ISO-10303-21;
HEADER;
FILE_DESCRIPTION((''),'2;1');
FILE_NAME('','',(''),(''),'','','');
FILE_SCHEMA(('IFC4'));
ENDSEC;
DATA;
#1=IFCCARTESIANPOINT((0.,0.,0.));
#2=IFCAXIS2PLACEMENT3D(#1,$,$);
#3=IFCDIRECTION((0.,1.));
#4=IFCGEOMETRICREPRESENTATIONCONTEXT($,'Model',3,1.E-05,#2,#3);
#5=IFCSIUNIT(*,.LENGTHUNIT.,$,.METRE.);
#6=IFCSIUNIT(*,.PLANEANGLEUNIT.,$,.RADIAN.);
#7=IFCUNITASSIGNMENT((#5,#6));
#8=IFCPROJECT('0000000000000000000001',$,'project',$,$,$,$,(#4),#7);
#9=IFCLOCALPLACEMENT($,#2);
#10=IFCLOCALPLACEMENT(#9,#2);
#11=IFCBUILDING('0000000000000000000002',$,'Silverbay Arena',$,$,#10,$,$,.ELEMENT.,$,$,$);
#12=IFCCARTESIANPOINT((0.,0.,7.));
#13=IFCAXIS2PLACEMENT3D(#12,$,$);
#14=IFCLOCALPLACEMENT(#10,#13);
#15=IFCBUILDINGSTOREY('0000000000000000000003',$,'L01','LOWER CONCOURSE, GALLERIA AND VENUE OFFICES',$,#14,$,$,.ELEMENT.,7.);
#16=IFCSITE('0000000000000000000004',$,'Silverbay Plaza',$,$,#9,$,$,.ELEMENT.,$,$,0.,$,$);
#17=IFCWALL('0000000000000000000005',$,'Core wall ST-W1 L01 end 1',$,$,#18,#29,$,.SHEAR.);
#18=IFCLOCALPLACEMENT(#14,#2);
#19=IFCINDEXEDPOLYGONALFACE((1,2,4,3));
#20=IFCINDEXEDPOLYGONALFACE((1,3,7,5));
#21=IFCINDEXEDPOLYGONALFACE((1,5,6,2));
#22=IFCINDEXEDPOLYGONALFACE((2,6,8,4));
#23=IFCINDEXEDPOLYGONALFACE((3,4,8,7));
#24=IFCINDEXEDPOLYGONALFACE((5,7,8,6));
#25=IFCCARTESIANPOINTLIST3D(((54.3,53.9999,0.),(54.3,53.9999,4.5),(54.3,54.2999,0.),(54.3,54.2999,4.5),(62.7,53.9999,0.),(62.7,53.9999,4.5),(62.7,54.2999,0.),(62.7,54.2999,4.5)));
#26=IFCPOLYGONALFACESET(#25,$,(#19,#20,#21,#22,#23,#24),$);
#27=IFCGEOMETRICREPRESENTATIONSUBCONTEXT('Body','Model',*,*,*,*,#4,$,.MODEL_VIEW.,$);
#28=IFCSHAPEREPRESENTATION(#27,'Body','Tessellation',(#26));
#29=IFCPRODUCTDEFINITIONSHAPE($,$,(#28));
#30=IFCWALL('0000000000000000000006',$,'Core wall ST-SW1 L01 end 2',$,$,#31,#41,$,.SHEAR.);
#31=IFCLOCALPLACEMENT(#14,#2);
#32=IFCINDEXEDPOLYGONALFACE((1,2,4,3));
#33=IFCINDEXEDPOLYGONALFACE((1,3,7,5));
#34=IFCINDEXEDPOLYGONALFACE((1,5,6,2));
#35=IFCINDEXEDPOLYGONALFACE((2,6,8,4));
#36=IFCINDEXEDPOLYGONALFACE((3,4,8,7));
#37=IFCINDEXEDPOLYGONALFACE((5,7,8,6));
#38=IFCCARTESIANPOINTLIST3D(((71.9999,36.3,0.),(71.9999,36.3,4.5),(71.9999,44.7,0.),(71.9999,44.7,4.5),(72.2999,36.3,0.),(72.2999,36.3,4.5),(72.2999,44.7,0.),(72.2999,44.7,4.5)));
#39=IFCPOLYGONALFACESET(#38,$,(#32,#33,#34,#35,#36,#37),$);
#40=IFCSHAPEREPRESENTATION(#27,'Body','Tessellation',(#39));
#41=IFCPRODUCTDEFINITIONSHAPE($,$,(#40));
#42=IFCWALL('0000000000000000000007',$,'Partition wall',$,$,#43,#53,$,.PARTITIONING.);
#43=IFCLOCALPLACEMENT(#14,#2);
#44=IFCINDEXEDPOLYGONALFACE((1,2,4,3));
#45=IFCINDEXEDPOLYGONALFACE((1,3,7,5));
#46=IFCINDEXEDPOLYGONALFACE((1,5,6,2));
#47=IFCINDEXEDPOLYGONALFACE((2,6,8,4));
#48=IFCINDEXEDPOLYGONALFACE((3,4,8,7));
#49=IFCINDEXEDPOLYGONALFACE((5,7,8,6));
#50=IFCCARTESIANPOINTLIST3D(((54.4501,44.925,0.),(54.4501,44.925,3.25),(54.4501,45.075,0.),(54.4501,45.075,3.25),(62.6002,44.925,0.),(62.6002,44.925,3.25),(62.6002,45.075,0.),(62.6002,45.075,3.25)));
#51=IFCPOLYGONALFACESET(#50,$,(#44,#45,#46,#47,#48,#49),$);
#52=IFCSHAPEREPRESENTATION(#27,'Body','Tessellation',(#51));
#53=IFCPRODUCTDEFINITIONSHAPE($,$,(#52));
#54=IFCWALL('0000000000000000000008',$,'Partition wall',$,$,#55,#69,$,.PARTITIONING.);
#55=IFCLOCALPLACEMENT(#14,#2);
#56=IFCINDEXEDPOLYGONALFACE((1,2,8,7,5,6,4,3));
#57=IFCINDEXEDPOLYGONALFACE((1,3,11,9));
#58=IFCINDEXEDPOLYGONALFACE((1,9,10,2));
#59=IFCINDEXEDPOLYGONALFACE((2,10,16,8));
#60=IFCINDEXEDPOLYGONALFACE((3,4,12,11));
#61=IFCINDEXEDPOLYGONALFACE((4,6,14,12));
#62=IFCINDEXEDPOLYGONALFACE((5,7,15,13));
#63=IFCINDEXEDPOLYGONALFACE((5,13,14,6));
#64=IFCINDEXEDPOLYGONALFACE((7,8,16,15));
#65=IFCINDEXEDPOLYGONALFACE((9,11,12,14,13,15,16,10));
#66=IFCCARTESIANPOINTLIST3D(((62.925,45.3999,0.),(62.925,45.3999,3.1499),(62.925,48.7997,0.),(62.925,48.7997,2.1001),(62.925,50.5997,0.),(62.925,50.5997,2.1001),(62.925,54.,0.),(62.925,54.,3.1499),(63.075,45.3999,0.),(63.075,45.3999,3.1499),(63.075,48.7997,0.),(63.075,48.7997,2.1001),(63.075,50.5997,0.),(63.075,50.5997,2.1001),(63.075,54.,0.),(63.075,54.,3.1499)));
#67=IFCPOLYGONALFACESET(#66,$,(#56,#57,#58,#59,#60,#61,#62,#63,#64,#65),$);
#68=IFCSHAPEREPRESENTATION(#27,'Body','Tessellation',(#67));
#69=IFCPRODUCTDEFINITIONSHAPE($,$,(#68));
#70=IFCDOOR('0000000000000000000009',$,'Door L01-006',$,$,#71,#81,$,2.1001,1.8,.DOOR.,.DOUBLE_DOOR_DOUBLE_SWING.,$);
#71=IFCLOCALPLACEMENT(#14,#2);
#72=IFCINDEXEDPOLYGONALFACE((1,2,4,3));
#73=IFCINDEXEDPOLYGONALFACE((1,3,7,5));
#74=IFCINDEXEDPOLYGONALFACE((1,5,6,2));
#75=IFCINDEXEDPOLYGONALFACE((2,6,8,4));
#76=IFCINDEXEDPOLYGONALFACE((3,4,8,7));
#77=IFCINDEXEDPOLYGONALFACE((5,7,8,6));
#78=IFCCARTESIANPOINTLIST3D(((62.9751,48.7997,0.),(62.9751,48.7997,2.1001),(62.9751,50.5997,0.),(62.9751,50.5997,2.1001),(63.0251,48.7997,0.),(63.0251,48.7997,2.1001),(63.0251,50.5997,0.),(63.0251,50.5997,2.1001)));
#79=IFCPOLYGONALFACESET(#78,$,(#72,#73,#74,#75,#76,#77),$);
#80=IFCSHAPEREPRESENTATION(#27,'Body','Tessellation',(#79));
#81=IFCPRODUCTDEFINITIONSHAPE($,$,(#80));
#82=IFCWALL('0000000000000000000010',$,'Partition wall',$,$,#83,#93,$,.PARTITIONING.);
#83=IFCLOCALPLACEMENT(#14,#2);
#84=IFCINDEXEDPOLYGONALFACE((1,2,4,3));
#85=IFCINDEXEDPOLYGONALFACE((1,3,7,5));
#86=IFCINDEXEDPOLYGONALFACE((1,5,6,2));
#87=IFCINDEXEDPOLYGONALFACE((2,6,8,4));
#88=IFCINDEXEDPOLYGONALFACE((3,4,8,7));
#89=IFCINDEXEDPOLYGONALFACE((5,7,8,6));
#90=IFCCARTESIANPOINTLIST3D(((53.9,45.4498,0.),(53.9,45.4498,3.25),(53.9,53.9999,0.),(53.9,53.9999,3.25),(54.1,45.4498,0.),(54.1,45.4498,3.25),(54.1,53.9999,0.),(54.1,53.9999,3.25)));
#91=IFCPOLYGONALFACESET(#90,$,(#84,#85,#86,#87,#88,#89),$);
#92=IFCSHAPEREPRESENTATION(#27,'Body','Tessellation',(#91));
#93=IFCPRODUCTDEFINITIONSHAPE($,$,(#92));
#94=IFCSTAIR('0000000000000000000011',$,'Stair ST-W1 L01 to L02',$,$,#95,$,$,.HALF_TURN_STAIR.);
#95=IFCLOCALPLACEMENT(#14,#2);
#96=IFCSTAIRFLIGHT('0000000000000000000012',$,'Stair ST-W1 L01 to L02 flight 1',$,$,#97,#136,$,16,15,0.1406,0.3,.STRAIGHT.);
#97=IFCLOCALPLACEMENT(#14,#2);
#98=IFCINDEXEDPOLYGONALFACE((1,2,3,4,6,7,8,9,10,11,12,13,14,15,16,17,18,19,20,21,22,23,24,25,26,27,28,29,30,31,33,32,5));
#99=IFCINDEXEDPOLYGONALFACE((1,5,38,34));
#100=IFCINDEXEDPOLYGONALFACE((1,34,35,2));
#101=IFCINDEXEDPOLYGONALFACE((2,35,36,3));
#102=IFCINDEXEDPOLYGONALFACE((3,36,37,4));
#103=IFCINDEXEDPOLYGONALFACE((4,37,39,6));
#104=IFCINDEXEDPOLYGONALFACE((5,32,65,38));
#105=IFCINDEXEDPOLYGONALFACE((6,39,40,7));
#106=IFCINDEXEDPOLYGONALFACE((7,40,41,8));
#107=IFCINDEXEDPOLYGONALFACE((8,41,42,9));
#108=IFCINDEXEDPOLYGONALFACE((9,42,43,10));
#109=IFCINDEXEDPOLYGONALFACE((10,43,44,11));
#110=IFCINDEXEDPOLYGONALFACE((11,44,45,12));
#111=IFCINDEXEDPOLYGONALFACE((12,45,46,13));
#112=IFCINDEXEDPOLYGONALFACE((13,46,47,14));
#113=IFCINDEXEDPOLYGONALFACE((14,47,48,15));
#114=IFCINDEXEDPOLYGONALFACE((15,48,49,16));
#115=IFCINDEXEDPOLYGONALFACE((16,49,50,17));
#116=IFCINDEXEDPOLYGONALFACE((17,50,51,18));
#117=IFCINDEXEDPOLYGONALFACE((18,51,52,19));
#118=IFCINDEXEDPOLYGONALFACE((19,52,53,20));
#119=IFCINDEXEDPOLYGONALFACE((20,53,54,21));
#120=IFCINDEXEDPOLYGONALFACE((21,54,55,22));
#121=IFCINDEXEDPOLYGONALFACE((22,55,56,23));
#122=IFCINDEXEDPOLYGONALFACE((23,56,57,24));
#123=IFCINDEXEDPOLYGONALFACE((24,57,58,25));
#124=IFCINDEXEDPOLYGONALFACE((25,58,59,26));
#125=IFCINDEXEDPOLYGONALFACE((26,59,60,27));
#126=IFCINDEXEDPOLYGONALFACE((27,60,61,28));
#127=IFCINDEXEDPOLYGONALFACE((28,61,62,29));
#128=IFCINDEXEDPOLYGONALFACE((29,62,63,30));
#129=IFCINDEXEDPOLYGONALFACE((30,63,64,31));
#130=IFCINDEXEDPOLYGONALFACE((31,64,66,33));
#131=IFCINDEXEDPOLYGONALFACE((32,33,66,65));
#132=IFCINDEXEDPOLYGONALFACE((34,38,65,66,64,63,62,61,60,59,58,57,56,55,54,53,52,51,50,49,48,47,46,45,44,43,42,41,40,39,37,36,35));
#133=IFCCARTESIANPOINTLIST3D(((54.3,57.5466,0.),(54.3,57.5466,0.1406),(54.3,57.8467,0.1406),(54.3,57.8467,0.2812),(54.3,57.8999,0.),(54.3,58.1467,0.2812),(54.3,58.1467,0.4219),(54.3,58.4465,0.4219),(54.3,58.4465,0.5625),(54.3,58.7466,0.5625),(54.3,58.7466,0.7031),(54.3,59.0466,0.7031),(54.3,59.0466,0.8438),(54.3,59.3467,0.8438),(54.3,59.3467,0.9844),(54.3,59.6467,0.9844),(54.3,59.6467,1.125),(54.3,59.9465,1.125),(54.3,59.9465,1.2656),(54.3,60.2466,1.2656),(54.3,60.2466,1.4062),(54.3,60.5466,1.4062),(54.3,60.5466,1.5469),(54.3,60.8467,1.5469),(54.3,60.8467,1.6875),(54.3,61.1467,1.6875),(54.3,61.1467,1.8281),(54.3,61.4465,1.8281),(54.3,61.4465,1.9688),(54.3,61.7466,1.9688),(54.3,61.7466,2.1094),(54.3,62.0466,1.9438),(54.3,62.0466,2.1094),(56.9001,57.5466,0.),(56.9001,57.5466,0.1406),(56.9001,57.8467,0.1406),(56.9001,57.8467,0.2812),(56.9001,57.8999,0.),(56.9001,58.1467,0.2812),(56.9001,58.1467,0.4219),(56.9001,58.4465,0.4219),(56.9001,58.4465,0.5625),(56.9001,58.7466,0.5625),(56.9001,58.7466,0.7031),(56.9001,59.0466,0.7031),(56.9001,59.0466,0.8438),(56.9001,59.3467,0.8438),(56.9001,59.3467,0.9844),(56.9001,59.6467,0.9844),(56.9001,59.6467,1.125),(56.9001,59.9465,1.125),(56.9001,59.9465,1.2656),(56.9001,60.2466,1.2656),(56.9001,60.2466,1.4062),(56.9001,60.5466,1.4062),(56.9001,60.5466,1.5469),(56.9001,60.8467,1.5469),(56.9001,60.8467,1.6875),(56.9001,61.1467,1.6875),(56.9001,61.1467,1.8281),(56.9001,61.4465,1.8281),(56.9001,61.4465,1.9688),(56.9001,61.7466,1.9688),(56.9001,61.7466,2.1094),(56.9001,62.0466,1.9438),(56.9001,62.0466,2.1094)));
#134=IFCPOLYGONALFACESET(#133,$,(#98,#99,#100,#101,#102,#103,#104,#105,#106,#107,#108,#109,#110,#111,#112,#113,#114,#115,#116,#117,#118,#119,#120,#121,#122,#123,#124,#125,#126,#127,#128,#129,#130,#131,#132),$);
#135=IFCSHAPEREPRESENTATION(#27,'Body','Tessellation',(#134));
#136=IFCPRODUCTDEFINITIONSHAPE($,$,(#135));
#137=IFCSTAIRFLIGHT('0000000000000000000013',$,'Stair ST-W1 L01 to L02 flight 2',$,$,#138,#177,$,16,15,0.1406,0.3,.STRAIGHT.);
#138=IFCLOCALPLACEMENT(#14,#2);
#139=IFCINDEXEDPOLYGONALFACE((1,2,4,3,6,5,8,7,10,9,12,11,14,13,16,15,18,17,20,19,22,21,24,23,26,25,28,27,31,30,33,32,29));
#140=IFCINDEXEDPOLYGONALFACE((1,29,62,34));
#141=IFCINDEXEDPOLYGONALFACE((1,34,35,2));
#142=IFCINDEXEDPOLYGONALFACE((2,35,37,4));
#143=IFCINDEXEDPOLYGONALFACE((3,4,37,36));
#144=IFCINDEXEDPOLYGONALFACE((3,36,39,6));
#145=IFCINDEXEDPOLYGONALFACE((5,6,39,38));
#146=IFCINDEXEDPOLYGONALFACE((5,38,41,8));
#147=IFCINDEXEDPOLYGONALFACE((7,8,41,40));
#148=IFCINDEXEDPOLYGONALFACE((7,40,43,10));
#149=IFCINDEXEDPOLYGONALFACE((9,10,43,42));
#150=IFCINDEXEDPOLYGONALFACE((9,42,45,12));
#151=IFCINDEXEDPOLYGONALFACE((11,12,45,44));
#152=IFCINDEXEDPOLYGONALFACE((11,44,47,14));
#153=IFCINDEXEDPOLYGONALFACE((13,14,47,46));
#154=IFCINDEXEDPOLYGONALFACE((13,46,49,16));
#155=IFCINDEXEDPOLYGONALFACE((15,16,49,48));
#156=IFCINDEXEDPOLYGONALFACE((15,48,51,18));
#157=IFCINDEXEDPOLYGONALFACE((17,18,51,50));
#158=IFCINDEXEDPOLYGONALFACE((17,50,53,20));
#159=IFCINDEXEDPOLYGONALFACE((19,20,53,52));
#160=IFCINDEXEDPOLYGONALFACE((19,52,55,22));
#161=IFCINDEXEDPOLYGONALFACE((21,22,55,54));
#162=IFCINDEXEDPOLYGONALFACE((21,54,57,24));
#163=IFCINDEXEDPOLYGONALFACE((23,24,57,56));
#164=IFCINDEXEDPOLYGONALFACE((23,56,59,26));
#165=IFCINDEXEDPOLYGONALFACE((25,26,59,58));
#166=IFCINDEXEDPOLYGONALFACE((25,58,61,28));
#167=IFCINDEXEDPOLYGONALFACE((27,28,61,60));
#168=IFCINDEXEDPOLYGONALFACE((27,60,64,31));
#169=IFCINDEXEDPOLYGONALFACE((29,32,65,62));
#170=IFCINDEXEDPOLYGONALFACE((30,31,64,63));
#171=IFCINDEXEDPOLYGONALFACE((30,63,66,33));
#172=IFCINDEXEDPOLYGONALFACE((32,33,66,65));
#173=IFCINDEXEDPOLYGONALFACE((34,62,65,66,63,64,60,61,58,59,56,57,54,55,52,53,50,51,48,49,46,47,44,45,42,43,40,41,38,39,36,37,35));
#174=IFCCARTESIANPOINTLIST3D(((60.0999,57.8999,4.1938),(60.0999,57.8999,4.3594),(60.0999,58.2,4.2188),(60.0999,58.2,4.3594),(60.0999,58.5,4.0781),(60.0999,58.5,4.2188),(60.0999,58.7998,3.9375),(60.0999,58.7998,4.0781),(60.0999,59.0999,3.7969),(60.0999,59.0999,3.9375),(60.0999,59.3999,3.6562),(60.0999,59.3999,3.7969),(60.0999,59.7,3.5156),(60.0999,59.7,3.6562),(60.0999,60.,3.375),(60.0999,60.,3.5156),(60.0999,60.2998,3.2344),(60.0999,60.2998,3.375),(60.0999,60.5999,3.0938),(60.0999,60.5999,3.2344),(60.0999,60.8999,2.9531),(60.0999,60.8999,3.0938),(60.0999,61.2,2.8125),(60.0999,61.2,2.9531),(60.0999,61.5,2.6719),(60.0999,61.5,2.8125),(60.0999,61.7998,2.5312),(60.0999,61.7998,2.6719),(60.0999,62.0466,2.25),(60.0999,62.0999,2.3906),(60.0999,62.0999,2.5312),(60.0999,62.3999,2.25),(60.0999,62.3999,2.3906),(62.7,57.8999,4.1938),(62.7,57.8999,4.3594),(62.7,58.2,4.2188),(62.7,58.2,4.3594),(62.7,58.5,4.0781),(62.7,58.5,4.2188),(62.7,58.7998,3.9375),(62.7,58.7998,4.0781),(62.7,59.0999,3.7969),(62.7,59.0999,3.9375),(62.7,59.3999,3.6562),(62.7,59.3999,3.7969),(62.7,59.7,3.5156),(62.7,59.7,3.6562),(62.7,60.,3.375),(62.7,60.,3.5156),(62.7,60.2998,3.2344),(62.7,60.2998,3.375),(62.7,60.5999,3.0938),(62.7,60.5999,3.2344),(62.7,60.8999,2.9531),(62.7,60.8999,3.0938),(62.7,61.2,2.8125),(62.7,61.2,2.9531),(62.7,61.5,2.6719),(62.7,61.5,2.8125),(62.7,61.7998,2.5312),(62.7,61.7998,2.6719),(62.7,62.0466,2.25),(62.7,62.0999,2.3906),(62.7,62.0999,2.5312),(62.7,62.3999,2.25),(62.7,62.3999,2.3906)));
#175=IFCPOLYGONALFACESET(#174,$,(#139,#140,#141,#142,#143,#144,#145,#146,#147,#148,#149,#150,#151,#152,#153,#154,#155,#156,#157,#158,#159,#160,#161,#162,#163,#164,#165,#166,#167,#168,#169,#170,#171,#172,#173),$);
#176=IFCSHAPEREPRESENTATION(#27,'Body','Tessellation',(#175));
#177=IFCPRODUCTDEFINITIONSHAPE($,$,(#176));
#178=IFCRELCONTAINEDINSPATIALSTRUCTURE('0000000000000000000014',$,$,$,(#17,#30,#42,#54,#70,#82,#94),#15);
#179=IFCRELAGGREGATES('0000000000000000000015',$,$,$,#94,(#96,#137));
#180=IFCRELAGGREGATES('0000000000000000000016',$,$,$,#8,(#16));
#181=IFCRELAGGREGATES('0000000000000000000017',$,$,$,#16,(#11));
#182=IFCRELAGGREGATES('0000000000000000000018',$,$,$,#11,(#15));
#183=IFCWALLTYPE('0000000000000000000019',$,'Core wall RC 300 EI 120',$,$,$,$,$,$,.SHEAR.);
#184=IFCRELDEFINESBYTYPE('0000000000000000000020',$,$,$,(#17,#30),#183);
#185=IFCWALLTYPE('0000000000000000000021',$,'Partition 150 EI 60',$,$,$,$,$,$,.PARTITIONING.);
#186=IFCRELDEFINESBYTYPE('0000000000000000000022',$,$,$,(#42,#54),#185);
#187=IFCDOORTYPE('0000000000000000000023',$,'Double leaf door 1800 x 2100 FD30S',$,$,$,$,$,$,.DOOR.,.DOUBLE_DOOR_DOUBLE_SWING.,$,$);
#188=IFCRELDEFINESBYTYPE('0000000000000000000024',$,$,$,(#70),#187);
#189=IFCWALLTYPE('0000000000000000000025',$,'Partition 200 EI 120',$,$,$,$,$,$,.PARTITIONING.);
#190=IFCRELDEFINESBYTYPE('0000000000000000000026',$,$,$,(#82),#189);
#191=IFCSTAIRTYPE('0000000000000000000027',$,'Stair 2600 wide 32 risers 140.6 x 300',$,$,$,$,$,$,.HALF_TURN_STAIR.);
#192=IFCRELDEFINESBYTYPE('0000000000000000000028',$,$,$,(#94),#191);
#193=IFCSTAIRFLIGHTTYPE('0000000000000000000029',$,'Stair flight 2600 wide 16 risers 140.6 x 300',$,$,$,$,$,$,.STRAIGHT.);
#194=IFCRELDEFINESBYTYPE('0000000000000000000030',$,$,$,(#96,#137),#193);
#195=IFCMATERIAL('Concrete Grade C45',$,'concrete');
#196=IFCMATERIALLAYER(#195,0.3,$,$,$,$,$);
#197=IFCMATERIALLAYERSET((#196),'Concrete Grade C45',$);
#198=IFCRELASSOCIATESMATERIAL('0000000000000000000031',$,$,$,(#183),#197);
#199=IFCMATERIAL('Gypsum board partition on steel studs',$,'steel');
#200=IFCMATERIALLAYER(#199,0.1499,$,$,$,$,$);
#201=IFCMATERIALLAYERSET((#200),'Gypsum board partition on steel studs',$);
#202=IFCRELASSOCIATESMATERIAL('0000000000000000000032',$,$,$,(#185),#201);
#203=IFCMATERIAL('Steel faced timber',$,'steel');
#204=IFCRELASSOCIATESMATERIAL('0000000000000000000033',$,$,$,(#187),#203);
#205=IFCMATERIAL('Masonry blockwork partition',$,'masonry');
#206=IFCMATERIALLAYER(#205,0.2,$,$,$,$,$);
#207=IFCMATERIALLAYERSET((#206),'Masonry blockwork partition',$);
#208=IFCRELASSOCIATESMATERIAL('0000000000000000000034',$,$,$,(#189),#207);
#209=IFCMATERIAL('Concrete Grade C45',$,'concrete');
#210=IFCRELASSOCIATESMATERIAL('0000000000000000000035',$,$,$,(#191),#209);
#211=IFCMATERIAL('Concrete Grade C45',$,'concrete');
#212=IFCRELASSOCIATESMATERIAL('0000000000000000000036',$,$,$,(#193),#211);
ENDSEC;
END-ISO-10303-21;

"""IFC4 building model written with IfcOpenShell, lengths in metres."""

from ifc_helpers import new_model, si_unit, direction, frame, frame_2d, origin, place, context, subcontext, project, spatial, polyline, rectangle, outline, extrude, material, layer, layer_set, type_object, element, fill, aggregate, save


model = new_model("IFC4")

# Units and contexts
model_context = context("Model", 3, precision=1e-05, world=origin(), true_north=direction((0.0, 1.0)))
body_context = subcontext(model_context, "Body", "Model", "MODEL_VIEW")
ifc_project = project(units=[si_unit("LENGTHUNIT", "METRE"), si_unit("PLANEANGLEUNIT", "RADIAN")], contexts=[model_context])

# Site, building, storey
site_placement = place(None, origin())
site = spatial("IfcSite", under=ifc_project, at=site_placement, Name="Silverbay Plaza", CompositionType="ELEMENT", RefElevation=0.0)
building_placement = place(site_placement, origin())
building = spatial("IfcBuilding", under=site, at=building_placement, Name="Silverbay Arena", CompositionType="ELEMENT")
storey_placement = place(building_placement, frame((0.0, 0.0, 7.0)))
storey = spatial("IfcBuildingStorey", under=building, at=storey_placement, Name="L01", Description="LOWER CONCOURSE, GALLERIA AND VENUE OFFICES", CompositionType="ELEMENT", Elevation=7.0)

# Shared definitions
ifc_material_1 = material(Name="Concrete Grade C45", Category="concrete")
ifc_layer_1 = layer(ifc_material_1, 0.3)
ifc_layer_set_1 = layer_set([ifc_layer_1], Name="Concrete Grade C45")
wall_type_1 = type_object("IfcWallType", Name="Core wall RC 300 EI 120", PredefinedType="SHEAR", material=ifc_layer_set_1)

# Walls
for number, where, z_axis, x_axis, name in (
    (1, (62.7, 54.1499, 0.0), (0.0, 0.0, 1.0), (-1.0, 0.0, 0.0), "Core wall ST-W1 L01 end 1"),
    (2, (72.1499, 44.7, 0.0), (0.0, 0.0, 1.0), (0.0, -1.0, 0.0), "Core wall ST-SW1 L01 end 2"),
):
    element("IfcWall", number, at=place(storey_placement, frame(where, z_axis=z_axis, x_axis=x_axis)), inside=storey, type_object=wall_type_1, Name=name, PredefinedType="SHEAR", context=body_context, shape_type="SweptSolid", body=[
        extrude(rectangle(XDim=8.3999, YDim=0.3, at=frame_2d((4.2, 0.0))), origin(), (0.0, 0.0, 1.0), 4.5),
    ])
ifc_material_2 = material(Name="Gypsum board partition on steel studs", Category="steel")
ifc_layer_2 = layer(ifc_material_2, 0.1499)
ifc_layer_set_2 = layer_set([ifc_layer_2], Name="Gypsum board partition on steel studs")
wall_type_2 = type_object("IfcWallType", Name="Partition 150 EI 60", PredefinedType="PARTITIONING", material=ifc_layer_set_2)
wall_1_placement = place(storey_placement, frame((54.45, 45.0, 0.0), z_axis=(0.0, 0.0, 1.0), x_axis=(1.0, 0.0, 0.0)))
element("IfcWall", 3, at=wall_1_placement, inside=storey, type_object=wall_type_2, Name="Partition wall", PredefinedType="PARTITIONING", context=body_context, shape_type="SweptSolid", body=[
    extrude(rectangle(XDim=8.1501, YDim=0.1499, at=frame_2d((4.0752, 0.0))), origin(), (0.0, 0.0, 1.0), 3.25),
])

# Wall, opening, door
wall_2_placement = place(storey_placement, frame((63.0, 45.3999, 0.0), z_axis=(0.0, 0.0, 1.0), x_axis=(0.0, 1.0, 0.0)))
wall_2 = element("IfcWall", 4, at=wall_2_placement, inside=storey, type_object=wall_type_2, Name="Partition wall", PredefinedType="PARTITIONING", context=body_context, shape_type="SweptSolid", body=[
    extrude(rectangle(XDim=8.6001, YDim=0.1499, at=frame_2d((4.3, 0.0))), origin(), (0.0, 0.0, 1.0), 3.1499),
])
opening_1_placement = place(wall_2_placement, frame((3.3999, 0.0, 0.0)))
opening_1 = element("IfcOpeningElement", 5, at=opening_1_placement, cuts=wall_2, PredefinedType="OPENING", context=body_context, shape_type="SweptSolid", body=[
    extrude(rectangle(XDim=1.8, YDim=2.1001, at=frame_2d((0.8999, 1.05))), frame((0.0, 0.085, 0.0), z_axis=(0.0, -1.0, 0.0), x_axis=(1.0, 0.0, 0.0)), (0.0, 0.0, 1.0), 0.1699),
])
ifc_material_3 = material(Name="Steel faced timber", Category="steel")
door_type_1 = type_object("IfcDoorType", Name="Double leaf door 1800 x 2100 FD30S", OperationType="DOUBLE_DOOR_DOUBLE_SWING", PredefinedType="DOOR", material=ifc_material_3)
door_1_placement = place(opening_1_placement, origin())
door_1 = element("IfcDoor", 6, at=door_1_placement, inside=storey, type_object=door_type_1, Name="Door L01-006", OperationType="DOUBLE_DOOR_DOUBLE_SWING", OverallHeight=2.1001, OverallWidth=1.8, PredefinedType="DOOR", context=body_context, shape_type="SweptSolid", body=[
    extrude(rectangle(XDim=1.8, YDim=2.1001, at=frame_2d((0.8999, 1.05))), frame((0.0, 0.0249, 0.0), z_axis=(0.0, -1.0, 0.0), x_axis=(1.0, 0.0, 0.0)), (0.0, 0.0, 1.0), 0.05),
])
fill(opening_1, door_1)

# Wall
ifc_material_4 = material(Name="Masonry blockwork partition", Category="masonry")
ifc_layer_3 = layer(ifc_material_4, 0.2)
ifc_layer_set_3 = layer_set([ifc_layer_3], Name="Masonry blockwork partition")
wall_type_3 = type_object("IfcWallType", Name="Partition 200 EI 120", PredefinedType="PARTITIONING", material=ifc_layer_set_3)
wall_3_placement = place(storey_placement, frame((54.0, 45.45, 0.0), z_axis=(0.0, 0.0, 1.0), x_axis=(0.0, 1.0, 0.0)))
element("IfcWall", 7, at=wall_3_placement, inside=storey, type_object=wall_type_3, Name="Partition wall", PredefinedType="PARTITIONING", context=body_context, shape_type="SweptSolid", body=[
    extrude(rectangle(XDim=8.55, YDim=0.2, at=frame_2d((4.2749, 0.0))), origin(), (0.0, 0.0, 1.0), 3.25),
])

# Stair, stair flights
ifc_material_5 = material(Name="Concrete Grade C45", Category="concrete")
stair_type = type_object("IfcStairType", Name="Stair 2600 wide 32 risers 140.6 x 300", PredefinedType="HALF_TURN_STAIR", material=ifc_material_5)
stair_1_placement = place(storey_placement, origin())
stair_1 = element("IfcStair", 8, at=stair_1_placement, inside=storey, type_object=stair_type, Name="Stair ST-W1 L01 to L02", PredefinedType="HALF_TURN_STAIR")
ifc_material_6 = material(Name="Concrete Grade C45", Category="concrete")
stair_flight_type = type_object("IfcStairFlightType", Name="Stair flight 2600 wide 16 risers 140.6 x 300", PredefinedType="STRAIGHT", material=ifc_material_6)
stair_flight_1_placement = place(storey_placement, frame((55.6001, 57.5466, 0.0), z_axis=(0.0, 0.0, 1.0), x_axis=(0.0, 1.0, 0.0)))
stair_flight_1 = element("IfcStairFlight", 9, at=stair_flight_1_placement, type_object=stair_flight_type, Name="Stair ST-W1 L01 to L02 flight 1", NumberOfRisers=16, NumberOfTreads=15, PredefinedType="STRAIGHT", RiserHeight=0.1406, TreadLength=0.3, context=body_context, shape_type="SweptSolid", body=[
    extrude(outline(polyline([(0.0, 0.0), (0.0, 0.1406), (0.3, 0.1406), (0.3, 0.2812), (0.6001, 0.2812), (0.6001, 0.4219), (0.8999, 0.4219), (0.8999, 0.5625), (1.2, 0.5625), (1.2, 0.7031), (1.5, 0.7031), (1.5, 0.8438), (1.8, 0.8438), (1.8, 0.9844), (2.1001, 0.9844), (2.1001, 1.125), (2.3999, 1.125), (2.3999, 1.2656), (2.7, 1.2656), (2.7, 1.4062), (3.0, 1.4062), (3.0, 1.5469), (3.3, 1.5469), (3.3, 1.6875), (3.6001, 1.6875), (3.6001, 1.8281), (3.8999, 1.8281), (3.8999, 1.9688), (4.2, 1.9688), (4.2, 2.1094), (4.5, 2.1094), (4.5, 1.9438), (0.3533, 0.0), (0.0, 0.0)])), frame((0.0, 1.3, 0.0), z_axis=(0.0, -1.0, 0.0), x_axis=(1.0, 0.0, 0.0)), (0.0, 0.0, 1.0), 2.6001),
])
stair_flight_2_placement = place(storey_placement, frame((61.3999, 62.3999, 2.25), z_axis=(0.0, 0.0, 1.0), x_axis=(0.0, -1.0, 0.0)))
stair_flight_2 = element("IfcStairFlight", 10, at=stair_flight_2_placement, type_object=stair_flight_type, Name="Stair ST-W1 L01 to L02 flight 2", NumberOfRisers=16, NumberOfTreads=15, PredefinedType="STRAIGHT", RiserHeight=0.1406, TreadLength=0.3, context=body_context, shape_type="SweptSolid", body=[
    extrude(outline(polyline([(0.0, 0.0), (0.0, 0.1406), (0.3, 0.1406), (0.3, 0.2812), (0.6001, 0.2812), (0.6001, 0.4219), (0.8999, 0.4219), (0.8999, 0.5625), (1.2, 0.5625), (1.2, 0.7031), (1.5, 0.7031), (1.5, 0.8438), (1.8, 0.8438), (1.8, 0.9844), (2.1001, 0.9844), (2.1001, 1.125), (2.3999, 1.125), (2.3999, 1.2656), (2.7, 1.2656), (2.7, 1.4062), (3.0, 1.4062), (3.0, 1.5469), (3.3, 1.5469), (3.3, 1.6875), (3.6001, 1.6875), (3.6001, 1.8281), (3.8999, 1.8281), (3.8999, 1.9688), (4.2, 1.9688), (4.2, 2.1094), (4.5, 2.1094), (4.5, 1.9438), (0.3533, 0.0), (0.0, 0.0)])), frame((0.0, 1.3, 0.0), z_axis=(0.0, -1.0, 0.0), x_axis=(1.0, 0.0, 0.0)), (0.0, 0.0, 1.0), 2.6001),
])
aggregate(stair_1, [stair_flight_1, stair_flight_2])

save(model, "model.ifc")
